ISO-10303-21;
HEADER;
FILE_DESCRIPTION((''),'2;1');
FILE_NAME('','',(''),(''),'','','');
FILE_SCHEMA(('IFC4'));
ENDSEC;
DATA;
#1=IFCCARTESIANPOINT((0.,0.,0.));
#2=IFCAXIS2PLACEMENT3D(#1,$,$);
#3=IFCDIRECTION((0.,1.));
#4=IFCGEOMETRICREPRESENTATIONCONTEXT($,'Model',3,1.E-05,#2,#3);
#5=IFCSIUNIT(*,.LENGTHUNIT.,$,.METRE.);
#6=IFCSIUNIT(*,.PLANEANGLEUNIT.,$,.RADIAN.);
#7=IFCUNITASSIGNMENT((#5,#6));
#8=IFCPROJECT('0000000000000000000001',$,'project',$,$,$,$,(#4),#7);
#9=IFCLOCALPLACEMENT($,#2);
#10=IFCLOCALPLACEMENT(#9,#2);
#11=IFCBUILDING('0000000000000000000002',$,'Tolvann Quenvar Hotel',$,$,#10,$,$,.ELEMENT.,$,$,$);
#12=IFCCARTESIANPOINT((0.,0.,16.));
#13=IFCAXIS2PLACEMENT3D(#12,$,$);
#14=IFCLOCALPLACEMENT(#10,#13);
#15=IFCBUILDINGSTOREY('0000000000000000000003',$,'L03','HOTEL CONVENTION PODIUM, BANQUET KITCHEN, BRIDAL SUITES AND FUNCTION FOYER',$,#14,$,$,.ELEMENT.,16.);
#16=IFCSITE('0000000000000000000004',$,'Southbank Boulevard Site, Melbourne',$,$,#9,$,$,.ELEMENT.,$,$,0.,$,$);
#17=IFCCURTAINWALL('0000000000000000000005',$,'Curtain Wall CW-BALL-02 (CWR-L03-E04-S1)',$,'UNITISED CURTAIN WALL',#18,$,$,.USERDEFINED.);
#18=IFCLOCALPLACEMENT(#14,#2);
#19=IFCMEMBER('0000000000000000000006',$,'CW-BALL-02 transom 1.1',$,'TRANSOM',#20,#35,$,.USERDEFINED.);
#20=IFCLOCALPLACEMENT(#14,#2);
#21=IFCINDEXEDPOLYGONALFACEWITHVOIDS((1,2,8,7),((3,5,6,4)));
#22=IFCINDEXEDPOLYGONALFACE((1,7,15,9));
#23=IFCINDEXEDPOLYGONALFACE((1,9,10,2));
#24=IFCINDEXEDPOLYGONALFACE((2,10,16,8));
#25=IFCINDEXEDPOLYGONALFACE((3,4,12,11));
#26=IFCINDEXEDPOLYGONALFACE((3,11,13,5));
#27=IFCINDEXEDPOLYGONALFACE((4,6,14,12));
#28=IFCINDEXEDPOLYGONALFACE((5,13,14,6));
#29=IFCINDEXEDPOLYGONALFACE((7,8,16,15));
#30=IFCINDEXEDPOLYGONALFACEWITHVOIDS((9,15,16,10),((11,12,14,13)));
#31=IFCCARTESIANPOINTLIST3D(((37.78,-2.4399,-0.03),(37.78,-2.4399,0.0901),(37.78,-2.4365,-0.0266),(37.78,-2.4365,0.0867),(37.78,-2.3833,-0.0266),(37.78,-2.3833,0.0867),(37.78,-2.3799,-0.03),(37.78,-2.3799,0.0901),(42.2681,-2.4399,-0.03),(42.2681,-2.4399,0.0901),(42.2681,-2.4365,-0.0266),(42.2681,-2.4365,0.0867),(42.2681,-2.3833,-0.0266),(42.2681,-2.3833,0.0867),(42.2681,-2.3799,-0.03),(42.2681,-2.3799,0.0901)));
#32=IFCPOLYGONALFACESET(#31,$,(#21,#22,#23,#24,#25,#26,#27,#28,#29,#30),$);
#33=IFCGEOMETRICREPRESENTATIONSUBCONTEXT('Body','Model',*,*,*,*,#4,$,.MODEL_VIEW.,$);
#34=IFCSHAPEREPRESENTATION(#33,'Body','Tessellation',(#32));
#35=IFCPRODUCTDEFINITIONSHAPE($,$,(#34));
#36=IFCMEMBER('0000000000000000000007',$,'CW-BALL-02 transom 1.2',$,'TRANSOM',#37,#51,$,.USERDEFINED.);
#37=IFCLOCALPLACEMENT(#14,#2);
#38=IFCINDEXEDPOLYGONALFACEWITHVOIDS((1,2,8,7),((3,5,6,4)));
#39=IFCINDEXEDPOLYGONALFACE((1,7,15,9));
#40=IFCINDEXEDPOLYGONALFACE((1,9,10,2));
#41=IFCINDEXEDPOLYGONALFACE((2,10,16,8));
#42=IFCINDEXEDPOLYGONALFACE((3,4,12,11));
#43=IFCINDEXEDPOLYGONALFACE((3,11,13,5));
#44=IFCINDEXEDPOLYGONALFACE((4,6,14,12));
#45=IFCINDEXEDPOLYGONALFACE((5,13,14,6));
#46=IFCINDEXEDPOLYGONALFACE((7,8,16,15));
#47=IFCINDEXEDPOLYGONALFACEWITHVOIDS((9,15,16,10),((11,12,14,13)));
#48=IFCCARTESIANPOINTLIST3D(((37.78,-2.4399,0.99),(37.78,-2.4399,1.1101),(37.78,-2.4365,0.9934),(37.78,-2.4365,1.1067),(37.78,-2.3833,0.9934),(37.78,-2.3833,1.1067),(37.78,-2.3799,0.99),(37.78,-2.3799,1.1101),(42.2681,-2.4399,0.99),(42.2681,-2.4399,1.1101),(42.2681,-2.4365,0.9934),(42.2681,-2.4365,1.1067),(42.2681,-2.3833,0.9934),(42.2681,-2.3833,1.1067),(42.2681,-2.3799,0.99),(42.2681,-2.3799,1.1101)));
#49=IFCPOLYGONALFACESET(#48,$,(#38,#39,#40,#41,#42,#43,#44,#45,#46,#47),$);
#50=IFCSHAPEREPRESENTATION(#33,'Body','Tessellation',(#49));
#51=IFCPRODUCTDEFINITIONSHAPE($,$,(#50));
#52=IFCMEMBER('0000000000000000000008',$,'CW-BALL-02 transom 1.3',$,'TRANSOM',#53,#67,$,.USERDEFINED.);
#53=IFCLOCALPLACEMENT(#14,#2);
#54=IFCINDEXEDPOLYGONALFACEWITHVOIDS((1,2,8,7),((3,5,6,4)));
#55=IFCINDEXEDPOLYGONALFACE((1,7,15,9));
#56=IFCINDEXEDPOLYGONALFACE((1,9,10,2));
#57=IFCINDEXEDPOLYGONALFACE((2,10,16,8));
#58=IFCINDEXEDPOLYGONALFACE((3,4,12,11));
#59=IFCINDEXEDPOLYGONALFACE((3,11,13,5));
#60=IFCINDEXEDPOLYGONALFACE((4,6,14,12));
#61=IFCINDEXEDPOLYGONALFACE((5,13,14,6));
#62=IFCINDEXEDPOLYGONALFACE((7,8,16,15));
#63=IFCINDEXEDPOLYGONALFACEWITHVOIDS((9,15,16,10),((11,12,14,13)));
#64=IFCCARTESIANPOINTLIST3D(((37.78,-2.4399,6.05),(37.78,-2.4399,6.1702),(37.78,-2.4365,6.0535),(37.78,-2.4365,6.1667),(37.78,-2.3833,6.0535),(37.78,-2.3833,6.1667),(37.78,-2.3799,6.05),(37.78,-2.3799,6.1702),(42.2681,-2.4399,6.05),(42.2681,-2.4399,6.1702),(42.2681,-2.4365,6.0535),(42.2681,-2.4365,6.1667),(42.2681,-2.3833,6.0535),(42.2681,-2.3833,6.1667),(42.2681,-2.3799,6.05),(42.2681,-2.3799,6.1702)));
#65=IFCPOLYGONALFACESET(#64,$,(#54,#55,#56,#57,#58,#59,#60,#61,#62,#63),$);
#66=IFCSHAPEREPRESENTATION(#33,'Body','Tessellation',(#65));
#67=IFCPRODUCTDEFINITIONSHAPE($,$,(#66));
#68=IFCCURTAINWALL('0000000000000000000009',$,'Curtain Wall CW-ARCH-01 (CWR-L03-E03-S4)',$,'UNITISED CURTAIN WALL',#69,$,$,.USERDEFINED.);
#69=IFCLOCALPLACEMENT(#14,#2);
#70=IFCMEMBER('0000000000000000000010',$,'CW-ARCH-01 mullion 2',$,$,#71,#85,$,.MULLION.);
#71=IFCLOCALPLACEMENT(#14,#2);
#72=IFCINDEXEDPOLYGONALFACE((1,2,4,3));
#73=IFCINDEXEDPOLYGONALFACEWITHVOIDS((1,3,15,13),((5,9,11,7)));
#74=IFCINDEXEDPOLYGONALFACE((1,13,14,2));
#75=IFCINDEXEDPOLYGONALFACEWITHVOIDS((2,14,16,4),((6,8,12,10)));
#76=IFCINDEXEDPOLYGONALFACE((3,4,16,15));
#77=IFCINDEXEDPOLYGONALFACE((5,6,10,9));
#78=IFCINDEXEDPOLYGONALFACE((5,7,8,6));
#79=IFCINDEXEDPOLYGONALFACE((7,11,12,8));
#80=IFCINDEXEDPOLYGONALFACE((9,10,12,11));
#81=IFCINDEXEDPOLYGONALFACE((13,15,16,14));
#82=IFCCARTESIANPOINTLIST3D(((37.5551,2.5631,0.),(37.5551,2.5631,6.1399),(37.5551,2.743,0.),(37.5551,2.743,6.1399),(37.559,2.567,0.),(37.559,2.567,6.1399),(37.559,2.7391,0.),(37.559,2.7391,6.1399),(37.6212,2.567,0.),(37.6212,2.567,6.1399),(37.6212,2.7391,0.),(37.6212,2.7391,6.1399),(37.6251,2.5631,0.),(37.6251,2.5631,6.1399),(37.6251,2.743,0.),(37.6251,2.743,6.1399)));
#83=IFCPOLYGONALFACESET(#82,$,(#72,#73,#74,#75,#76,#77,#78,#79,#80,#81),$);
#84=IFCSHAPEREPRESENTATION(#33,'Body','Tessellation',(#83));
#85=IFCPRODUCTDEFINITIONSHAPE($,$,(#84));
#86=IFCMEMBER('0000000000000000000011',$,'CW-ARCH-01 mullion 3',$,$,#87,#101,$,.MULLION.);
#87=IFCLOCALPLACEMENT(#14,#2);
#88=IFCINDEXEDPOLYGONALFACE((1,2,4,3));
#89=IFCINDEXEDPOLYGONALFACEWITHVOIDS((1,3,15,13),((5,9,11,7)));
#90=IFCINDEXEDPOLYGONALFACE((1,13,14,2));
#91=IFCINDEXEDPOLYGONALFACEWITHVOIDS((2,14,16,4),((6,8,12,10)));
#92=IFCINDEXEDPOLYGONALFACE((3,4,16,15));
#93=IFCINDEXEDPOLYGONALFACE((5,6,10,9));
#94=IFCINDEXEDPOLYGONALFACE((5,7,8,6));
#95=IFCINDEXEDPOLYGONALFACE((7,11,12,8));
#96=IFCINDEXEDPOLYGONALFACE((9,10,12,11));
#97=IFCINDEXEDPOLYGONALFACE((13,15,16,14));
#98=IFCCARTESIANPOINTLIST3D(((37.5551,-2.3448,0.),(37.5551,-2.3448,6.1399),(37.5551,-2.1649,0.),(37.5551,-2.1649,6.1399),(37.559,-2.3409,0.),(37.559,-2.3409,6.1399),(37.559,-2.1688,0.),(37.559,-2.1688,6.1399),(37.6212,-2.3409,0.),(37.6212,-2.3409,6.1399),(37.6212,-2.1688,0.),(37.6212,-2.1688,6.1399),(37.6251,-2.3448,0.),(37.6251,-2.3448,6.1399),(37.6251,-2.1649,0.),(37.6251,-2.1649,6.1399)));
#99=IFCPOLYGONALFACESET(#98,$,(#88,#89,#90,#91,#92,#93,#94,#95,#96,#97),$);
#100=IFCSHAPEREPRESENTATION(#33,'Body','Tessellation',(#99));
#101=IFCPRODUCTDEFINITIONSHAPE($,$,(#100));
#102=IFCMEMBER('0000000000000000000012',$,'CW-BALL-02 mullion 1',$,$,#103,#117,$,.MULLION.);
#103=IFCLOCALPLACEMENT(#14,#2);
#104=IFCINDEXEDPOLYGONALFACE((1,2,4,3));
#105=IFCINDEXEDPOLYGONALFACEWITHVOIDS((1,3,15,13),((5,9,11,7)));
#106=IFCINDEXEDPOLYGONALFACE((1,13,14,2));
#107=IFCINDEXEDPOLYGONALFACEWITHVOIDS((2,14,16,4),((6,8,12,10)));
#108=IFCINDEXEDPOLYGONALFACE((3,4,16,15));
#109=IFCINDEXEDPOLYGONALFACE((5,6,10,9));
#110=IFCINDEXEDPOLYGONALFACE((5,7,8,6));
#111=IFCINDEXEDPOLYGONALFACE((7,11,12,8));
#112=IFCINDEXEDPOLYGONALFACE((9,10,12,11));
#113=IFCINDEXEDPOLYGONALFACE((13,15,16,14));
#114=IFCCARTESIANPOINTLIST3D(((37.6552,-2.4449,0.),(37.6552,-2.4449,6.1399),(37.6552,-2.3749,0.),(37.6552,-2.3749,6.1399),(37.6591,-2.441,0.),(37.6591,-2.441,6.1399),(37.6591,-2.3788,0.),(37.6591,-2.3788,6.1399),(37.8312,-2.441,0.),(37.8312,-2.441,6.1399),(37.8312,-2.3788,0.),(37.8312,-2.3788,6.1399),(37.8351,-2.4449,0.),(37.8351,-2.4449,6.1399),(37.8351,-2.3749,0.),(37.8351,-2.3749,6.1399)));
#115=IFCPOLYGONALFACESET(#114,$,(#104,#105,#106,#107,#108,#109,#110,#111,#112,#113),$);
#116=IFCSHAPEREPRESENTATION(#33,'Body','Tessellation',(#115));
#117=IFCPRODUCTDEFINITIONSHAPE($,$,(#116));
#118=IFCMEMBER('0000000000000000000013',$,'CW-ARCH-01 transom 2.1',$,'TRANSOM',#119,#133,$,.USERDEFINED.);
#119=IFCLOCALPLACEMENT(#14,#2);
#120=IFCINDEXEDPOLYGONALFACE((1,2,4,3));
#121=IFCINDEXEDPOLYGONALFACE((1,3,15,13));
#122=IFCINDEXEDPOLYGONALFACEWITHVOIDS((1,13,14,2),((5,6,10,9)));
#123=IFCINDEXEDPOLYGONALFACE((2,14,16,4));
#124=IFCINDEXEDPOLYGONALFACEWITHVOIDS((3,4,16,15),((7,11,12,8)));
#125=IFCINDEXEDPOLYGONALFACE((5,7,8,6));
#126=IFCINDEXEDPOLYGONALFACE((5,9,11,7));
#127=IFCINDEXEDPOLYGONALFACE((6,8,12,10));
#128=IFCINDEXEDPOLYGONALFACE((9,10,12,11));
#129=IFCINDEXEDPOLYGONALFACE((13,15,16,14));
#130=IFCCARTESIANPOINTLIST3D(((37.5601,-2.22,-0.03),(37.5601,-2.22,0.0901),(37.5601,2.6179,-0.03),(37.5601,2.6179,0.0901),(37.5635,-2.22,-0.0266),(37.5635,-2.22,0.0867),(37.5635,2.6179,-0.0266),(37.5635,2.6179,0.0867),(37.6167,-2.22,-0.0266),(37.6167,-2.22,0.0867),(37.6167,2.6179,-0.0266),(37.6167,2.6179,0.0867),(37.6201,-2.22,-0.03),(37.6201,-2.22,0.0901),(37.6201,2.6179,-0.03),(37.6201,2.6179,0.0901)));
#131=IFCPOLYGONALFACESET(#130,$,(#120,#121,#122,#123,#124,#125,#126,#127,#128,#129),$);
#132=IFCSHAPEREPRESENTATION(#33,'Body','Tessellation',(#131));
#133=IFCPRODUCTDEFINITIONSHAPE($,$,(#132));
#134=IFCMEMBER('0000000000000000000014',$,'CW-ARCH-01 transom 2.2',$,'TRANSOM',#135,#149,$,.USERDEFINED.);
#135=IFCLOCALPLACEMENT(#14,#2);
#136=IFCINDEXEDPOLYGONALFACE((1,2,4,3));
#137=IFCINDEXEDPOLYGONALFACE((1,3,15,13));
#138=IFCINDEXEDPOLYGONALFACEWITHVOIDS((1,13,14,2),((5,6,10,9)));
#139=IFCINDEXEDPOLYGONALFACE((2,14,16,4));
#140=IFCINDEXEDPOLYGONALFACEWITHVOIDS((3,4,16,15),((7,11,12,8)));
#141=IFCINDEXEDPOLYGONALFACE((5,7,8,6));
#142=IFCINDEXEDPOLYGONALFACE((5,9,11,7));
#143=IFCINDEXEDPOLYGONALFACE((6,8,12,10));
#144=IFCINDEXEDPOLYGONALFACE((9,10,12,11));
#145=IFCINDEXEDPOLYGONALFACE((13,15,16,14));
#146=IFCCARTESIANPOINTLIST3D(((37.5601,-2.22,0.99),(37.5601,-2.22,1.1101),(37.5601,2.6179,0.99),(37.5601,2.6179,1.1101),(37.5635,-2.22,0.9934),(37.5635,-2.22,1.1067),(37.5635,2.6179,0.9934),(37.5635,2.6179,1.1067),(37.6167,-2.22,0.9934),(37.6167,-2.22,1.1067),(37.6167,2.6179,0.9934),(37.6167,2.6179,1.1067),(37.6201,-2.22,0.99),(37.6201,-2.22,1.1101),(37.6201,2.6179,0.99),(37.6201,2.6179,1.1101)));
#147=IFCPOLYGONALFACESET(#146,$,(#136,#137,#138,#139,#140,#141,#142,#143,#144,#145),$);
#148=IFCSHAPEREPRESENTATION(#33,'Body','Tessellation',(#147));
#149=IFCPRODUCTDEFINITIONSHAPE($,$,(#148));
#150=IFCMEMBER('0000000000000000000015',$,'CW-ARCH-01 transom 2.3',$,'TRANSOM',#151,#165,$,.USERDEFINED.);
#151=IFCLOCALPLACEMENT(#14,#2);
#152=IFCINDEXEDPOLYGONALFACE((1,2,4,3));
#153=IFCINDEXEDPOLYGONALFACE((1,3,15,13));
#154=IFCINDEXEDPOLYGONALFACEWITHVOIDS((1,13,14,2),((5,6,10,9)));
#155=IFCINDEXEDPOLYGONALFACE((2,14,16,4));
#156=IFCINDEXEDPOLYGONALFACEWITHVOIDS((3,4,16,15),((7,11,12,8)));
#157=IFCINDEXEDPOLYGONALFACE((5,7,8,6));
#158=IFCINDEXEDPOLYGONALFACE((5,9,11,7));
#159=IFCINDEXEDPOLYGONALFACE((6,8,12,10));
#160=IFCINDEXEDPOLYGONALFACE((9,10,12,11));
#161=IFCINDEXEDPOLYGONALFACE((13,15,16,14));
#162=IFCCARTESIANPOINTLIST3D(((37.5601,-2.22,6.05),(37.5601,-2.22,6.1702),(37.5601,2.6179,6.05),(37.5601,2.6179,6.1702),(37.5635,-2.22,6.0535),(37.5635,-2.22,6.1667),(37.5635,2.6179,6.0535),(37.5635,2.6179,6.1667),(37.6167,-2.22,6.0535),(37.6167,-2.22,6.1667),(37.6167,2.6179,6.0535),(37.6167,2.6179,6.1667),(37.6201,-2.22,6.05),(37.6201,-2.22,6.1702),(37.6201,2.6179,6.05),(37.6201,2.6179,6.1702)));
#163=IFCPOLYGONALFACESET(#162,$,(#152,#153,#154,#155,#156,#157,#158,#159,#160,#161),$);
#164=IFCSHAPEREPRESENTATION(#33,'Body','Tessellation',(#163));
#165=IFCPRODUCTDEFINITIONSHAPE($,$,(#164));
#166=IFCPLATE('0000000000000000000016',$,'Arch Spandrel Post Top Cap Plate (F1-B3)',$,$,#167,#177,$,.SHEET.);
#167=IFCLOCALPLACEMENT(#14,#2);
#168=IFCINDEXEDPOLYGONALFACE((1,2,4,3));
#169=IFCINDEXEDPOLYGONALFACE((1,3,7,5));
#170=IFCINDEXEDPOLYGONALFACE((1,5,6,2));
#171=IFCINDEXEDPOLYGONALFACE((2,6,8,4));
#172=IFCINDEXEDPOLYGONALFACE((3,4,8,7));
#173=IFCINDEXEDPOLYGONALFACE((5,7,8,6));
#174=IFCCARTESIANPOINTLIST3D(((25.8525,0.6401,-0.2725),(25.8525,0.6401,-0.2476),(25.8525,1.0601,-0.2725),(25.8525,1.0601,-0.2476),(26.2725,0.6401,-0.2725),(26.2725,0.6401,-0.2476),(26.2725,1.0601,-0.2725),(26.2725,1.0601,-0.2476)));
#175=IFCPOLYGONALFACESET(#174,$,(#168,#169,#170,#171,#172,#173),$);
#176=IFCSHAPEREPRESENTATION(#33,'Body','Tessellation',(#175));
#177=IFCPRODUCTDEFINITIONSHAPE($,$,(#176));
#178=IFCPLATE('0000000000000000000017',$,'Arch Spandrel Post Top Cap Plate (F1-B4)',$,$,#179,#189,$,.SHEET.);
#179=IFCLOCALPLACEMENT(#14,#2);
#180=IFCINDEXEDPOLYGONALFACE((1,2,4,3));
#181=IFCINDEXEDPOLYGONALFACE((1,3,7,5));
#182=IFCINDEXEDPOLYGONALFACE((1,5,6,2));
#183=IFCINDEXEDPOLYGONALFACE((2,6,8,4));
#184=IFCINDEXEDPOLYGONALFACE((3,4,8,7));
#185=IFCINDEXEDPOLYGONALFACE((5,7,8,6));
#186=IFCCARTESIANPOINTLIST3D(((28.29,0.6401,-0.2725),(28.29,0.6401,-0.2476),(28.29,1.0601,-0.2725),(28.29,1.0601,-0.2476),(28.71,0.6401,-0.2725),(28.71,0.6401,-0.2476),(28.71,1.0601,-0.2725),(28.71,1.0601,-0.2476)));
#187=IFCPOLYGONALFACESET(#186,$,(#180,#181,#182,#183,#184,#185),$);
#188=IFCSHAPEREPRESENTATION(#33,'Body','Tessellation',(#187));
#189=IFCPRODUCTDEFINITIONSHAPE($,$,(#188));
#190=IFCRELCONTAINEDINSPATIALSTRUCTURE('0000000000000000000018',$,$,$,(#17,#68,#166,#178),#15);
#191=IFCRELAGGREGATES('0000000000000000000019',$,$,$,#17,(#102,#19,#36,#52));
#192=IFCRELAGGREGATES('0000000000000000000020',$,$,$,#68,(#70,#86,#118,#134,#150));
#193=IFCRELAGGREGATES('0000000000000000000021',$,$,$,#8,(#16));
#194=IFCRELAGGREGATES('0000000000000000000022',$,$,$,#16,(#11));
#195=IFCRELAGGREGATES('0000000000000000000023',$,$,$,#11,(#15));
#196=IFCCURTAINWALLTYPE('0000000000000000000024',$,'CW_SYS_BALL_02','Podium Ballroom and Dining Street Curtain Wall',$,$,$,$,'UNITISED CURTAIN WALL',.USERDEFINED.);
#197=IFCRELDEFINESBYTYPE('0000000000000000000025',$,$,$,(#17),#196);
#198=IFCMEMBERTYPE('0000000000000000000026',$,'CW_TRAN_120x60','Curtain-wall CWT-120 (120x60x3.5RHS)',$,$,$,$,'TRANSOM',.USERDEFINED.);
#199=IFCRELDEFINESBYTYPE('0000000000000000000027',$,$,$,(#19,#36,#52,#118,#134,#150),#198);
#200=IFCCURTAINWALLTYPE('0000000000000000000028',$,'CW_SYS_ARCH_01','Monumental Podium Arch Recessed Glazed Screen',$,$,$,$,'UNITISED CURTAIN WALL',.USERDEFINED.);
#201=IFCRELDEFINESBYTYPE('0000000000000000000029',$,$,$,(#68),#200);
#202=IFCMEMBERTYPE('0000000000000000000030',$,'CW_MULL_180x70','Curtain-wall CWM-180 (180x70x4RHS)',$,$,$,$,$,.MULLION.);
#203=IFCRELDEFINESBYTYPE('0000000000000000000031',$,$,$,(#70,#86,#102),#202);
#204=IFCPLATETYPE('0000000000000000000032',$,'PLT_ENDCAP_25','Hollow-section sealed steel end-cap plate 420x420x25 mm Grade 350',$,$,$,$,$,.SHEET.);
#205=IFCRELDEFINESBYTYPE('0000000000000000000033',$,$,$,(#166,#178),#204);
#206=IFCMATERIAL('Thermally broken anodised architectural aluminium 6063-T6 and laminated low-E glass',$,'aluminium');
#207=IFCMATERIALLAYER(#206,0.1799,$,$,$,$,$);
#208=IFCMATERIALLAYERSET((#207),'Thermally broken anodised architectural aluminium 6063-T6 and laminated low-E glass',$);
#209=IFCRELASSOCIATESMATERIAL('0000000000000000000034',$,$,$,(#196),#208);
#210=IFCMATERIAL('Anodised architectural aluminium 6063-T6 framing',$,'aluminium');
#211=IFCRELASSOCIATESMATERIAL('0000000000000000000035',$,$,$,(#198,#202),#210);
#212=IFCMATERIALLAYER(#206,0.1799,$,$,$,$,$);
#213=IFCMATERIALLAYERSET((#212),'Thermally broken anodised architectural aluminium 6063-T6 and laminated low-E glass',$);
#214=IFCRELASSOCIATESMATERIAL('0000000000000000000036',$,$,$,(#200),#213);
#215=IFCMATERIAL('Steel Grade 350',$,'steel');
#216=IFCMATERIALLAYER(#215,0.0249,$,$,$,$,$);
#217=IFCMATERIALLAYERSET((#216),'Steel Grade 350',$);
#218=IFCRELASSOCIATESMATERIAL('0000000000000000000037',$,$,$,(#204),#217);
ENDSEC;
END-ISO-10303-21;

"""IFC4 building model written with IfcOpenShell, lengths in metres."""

from ifc_helpers import new_model, si_unit, direction, frame, origin, origin_2d, place, context, subcontext, project, spatial, rectangle, hollow_rectangle, extrude, source, transform, mapped, material, layer, layer_set, material_profile, profile_set, type_object, type_shapes, element, aggregate, save


model = new_model("IFC4")

# Units and contexts
model_context = context("Model", 3, precision=1e-05, world=origin(), true_north=direction((0.0, 1.0)))
body_context = subcontext(model_context, "Body", "Model", "MODEL_VIEW")
ifc_project = project(units=[si_unit("LENGTHUNIT", "METRE"), si_unit("PLANEANGLEUNIT", "RADIAN")], contexts=[model_context])

# Site, building, storey
site_placement = place(None, origin())
site = spatial("IfcSite", under=ifc_project, at=site_placement, Name="Southbank Boulevard Site, Melbourne", CompositionType="ELEMENT", RefElevation=0.0)
building_placement = place(site_placement, origin())
building = spatial("IfcBuilding", under=site, at=building_placement, Name="Tolvann Quenvar Hotel", CompositionType="ELEMENT")
storey_placement = place(building_placement, frame((0.0, 0.0, 16.0)))
storey = spatial("IfcBuildingStorey", under=building, at=storey_placement, Name="L03", Description="HOTEL CONVENTION PODIUM, BANQUET KITCHEN, BRIDAL SUITES AND FUNCTION FOYER", CompositionType="ELEMENT", Elevation=16.0)

# Shared definitions
ifc_material_1 = material(Name="Steel Grade 350", Category="steel")

# Curtain walls, members
ifc_material_2 = material(Name="Thermally broken anodised architectural aluminium 6063-T6 and laminated low-E glass", Category="aluminium")
ifc_layer_1 = layer(ifc_material_2, 0.1799)
ifc_layer_set_1 = layer_set([ifc_layer_1], Name="Thermally broken anodised architectural aluminium 6063-T6 and laminated low-E glass")
curtain_wall_type_1 = type_object("IfcCurtainWallType", Name="CW_SYS_BALL_02", Description="Podium Ballroom and Dining Street Curtain Wall", ElementType="UNITISED CURTAIN WALL", PredefinedType="USERDEFINED", material=ifc_layer_set_1)
curtain_wall_1_placement = place(storey_placement, origin())
curtain_wall_1 = element("IfcCurtainWall", 1, at=curtain_wall_1_placement, inside=storey, type_object=curtain_wall_type_1, Name="Curtain Wall CW-BALL-02 (CWR-L03-E04-S1)", ObjectType="UNITISED CURTAIN WALL", PredefinedType="USERDEFINED")
ifc_material_3 = material(Name="Anodised architectural aluminium 6063-T6 framing", Category="aluminium")
ifc_material_profile_1 = material_profile(ifc_material_3, hollow_rectangle(XDim=0.0601, YDim=0.1201, WallThickness=0.0034, at=origin_2d()), Name="120x60x3.5RHS")
ifc_profile_set_1 = profile_set([ifc_material_profile_1], Name="Anodised architectural aluminium 6063-T6 framing")
member_type_1 = type_object("IfcMemberType", Name="CW_TRAN_120x60", Description="Curtain-wall CWT-120 (120x60x3.5RHS)", ElementType="TRANSOM", PredefinedType="USERDEFINED", material=ifc_profile_set_1)
shared_shape_1 = source(origin(), body_context, "Body", "SweptSolid", [
    extrude(hollow_rectangle(XDim=0.0601, YDim=0.1201, WallThickness=0.0034, at=origin_2d()), origin(), (0.0, 0.0, 1.0), 4.488),
])
member_1_placement = place(storey_placement, frame((37.78, -2.4099, 0.03), z_axis=(1.0, 0.0, 0.0), x_axis=(0.0, 1.0, 0.0)))
member_1 = element("IfcMember", 2, at=member_1_placement, type_object=member_type_1, Name="CW-BALL-02 transom 1.1", ObjectType="TRANSOM", PredefinedType="USERDEFINED", context=body_context, shape_type="MappedRepresentation", body=[
    mapped(shared_shape_1, transform((0.0, 0.0, 0.0), x_axis=(1.0, 0.0, 0.0), y_axis=(0.0, 1.0, 0.0), z_axis=(0.0, 0.0, 1.0), scale=1.0)),
])
member_2_placement = place(storey_placement, frame((37.78, -2.4099, 1.05), z_axis=(1.0, 0.0, 0.0), x_axis=(0.0, 1.0, 0.0)))
member_2 = element("IfcMember", 3, at=member_2_placement, type_object=member_type_1, Name="CW-BALL-02 transom 1.2", ObjectType="TRANSOM", PredefinedType="USERDEFINED", context=body_context, shape_type="MappedRepresentation", body=[
    mapped(shared_shape_1, transform((0.0, 0.0, 0.0), x_axis=(1.0, 0.0, 0.0), y_axis=(0.0, 1.0, 0.0), z_axis=(0.0, 0.0, 1.0), scale=1.0)),
])
member_3_placement = place(storey_placement, frame((37.78, -2.4099, 6.1101), z_axis=(1.0, 0.0, 0.0), x_axis=(0.0, 1.0, 0.0)))
member_3 = element("IfcMember", 4, at=member_3_placement, type_object=member_type_1, Name="CW-BALL-02 transom 1.3", ObjectType="TRANSOM", PredefinedType="USERDEFINED", context=body_context, shape_type="MappedRepresentation", body=[
    mapped(shared_shape_1, transform((0.0, 0.0, 0.0), x_axis=(1.0, 0.0, 0.0), y_axis=(0.0, 1.0, 0.0), z_axis=(0.0, 0.0, 1.0), scale=1.0)),
])
ifc_layer_2 = layer(ifc_material_2, 0.1799)
ifc_layer_set_2 = layer_set([ifc_layer_2], Name="Thermally broken anodised architectural aluminium 6063-T6 and laminated low-E glass")
curtain_wall_type_2 = type_object("IfcCurtainWallType", Name="CW_SYS_ARCH_01", Description="Monumental Podium Arch Recessed Glazed Screen", ElementType="UNITISED CURTAIN WALL", PredefinedType="USERDEFINED", material=ifc_layer_set_2)
curtain_wall_2_placement = place(storey_placement, origin())
curtain_wall_2 = element("IfcCurtainWall", 5, at=curtain_wall_2_placement, inside=storey, type_object=curtain_wall_type_2, Name="Curtain Wall CW-ARCH-01 (CWR-L03-E03-S4)", ObjectType="UNITISED CURTAIN WALL", PredefinedType="USERDEFINED")
ifc_material_profile_2 = material_profile(ifc_material_3, hollow_rectangle(XDim=0.0701, YDim=0.1799, WallThickness=0.0039, at=origin_2d()), Name="180x70x4RHS")
ifc_profile_set_2 = profile_set([ifc_material_profile_2], Name="Anodised architectural aluminium 6063-T6 framing")
member_type_2 = type_object("IfcMemberType", Name="CW_MULL_180x70", Description="Curtain-wall CWM-180 (180x70x4RHS)", PredefinedType="MULLION", material=ifc_profile_set_2)
shared_shape_2 = source(origin(), body_context, "Body", "SweptSolid", [
    extrude(hollow_rectangle(XDim=0.0701, YDim=0.1799, WallThickness=0.0039, at=origin_2d()), origin(), (0.0, 0.0, 1.0), 6.1399),
])
type_shapes(member_type_2, [shared_shape_2])
member_4_placement = place(storey_placement, frame((37.5901, 2.6531, 0.0), z_axis=(0.0, 0.0, 1.0), x_axis=(1.0, 0.0, 0.0)))
member_4 = element("IfcMember", 6, at=member_4_placement, type_object=member_type_2, Name="CW-ARCH-01 mullion 2", PredefinedType="MULLION", context=body_context, shape_type="MappedRepresentation", body=[
    mapped(shared_shape_2, transform((0.0, 0.0, 0.0), x_axis=(1.0, 0.0, 0.0), y_axis=(0.0, 1.0, 0.0), z_axis=(0.0, 0.0, 1.0), scale=1.0)),
])
member_5_placement = place(storey_placement, frame((37.5901, -2.2549, 0.0), z_axis=(0.0, 0.0, 1.0), x_axis=(1.0, 0.0, 0.0)))
member_5 = element("IfcMember", 7, at=member_5_placement, type_object=member_type_2, Name="CW-ARCH-01 mullion 3", PredefinedType="MULLION", context=body_context, shape_type="MappedRepresentation", body=[
    mapped(shared_shape_2, transform((0.0, 0.0, 0.0), x_axis=(1.0, 0.0, 0.0), y_axis=(0.0, 1.0, 0.0), z_axis=(0.0, 0.0, 1.0), scale=1.0)),
])

# Members
member_6_placement = place(storey_placement, frame((37.7451, -2.4099, 0.0), z_axis=(0.0, 0.0, 1.0), x_axis=(0.0, 1.0, 0.0)))
member_6 = element("IfcMember", 8, at=member_6_placement, type_object=member_type_2, Name="CW-BALL-02 mullion 1", PredefinedType="MULLION", context=body_context, shape_type="MappedRepresentation", body=[
    mapped(shared_shape_2, transform((0.0, 0.0, 0.0), x_axis=(1.0, 0.0, 0.0), y_axis=(0.0, 1.0, 0.0), z_axis=(0.0, 0.0, 1.0), scale=1.0)),
])
aggregate(curtain_wall_1, [member_6, member_1, member_2, member_3])
shared_shape_3 = source(origin(), body_context, "Body", "SweptSolid", [
    extrude(hollow_rectangle(XDim=0.0601, YDim=0.1201, WallThickness=0.0034, at=origin_2d()), origin(), (0.0, 0.0, 1.0), 4.8379),
])
type_shapes(member_type_1, [shared_shape_1, shared_shape_3])
member_7_placement = place(storey_placement, frame((37.5901, 2.6179, 0.03), z_axis=(0.0, -1.0, 0.0), x_axis=(1.0, 0.0, 0.0)))
member_7 = element("IfcMember", 9, at=member_7_placement, type_object=member_type_1, Name="CW-ARCH-01 transom 2.1", ObjectType="TRANSOM", PredefinedType="USERDEFINED", context=body_context, shape_type="MappedRepresentation", body=[
    mapped(shared_shape_3, transform((0.0, 0.0, 0.0), x_axis=(1.0, 0.0, 0.0), y_axis=(0.0, 1.0, 0.0), z_axis=(0.0, 0.0, 1.0), scale=1.0)),
])
member_8_placement = place(storey_placement, frame((37.5901, 2.6179, 1.05), z_axis=(0.0, -1.0, 0.0), x_axis=(1.0, 0.0, 0.0)))
member_8 = element("IfcMember", 10, at=member_8_placement, type_object=member_type_1, Name="CW-ARCH-01 transom 2.2", ObjectType="TRANSOM", PredefinedType="USERDEFINED", context=body_context, shape_type="MappedRepresentation", body=[
    mapped(shared_shape_3, transform((0.0, 0.0, 0.0), x_axis=(1.0, 0.0, 0.0), y_axis=(0.0, 1.0, 0.0), z_axis=(0.0, 0.0, 1.0), scale=1.0)),
])
member_9_placement = place(storey_placement, frame((37.5901, 2.6179, 6.1101), z_axis=(0.0, -1.0, 0.0), x_axis=(1.0, 0.0, 0.0)))
member_9 = element("IfcMember", 11, at=member_9_placement, type_object=member_type_1, Name="CW-ARCH-01 transom 2.3", ObjectType="TRANSOM", PredefinedType="USERDEFINED", context=body_context, shape_type="MappedRepresentation", body=[
    mapped(shared_shape_3, transform((0.0, 0.0, 0.0), x_axis=(1.0, 0.0, 0.0), y_axis=(0.0, 1.0, 0.0), z_axis=(0.0, 0.0, 1.0), scale=1.0)),
])

# Plates
ifc_layer_3 = layer(ifc_material_1, 0.0249)
ifc_layer_set_3 = layer_set([ifc_layer_3], Name="Steel Grade 350")
plate_type_1 = type_object("IfcPlateType", Name="PLT_ENDCAP_25", Description="Hollow-section sealed steel end-cap plate 420x420x25 mm Grade 350", PredefinedType="SHEET", material=ifc_layer_set_3)
shared_shape_4 = source(origin(), body_context, "Body", "SweptSolid", [
    extrude(rectangle(XDim=0.4199, YDim=0.4199, at=origin_2d()), origin(), (0.0, 0.0, 1.0), 0.0249),
])
type_shapes(plate_type_1, [shared_shape_4])
for number, where, z_axis, x_axis, name in (
    (12, (26.0625, 0.8501, -0.2725), (0.0, 0.0, 1.0), (1.0, 0.0, 0.0), "Arch Spandrel Post Top Cap Plate (F1-B3)"),
    (13, (28.5, 0.8501, -0.2725), (0.0, 0.0, 1.0), (1.0, 0.0, 0.0), "Arch Spandrel Post Top Cap Plate (F1-B4)"),
):
    element("IfcPlate", number, at=place(storey_placement, frame(where, z_axis=z_axis, x_axis=x_axis)), inside=storey, type_object=plate_type_1, Name=name, PredefinedType="SHEET", context=body_context, shape_type="MappedRepresentation", body=[
        mapped(shared_shape_4, transform((0.0, 0.0, 0.0), x_axis=(1.0, 0.0, 0.0), y_axis=(0.0, 1.0, 0.0), z_axis=(0.0, 0.0, 1.0), scale=1.0)),
    ])

aggregate(curtain_wall_2, [member_4, member_5, member_7, member_8, member_9])

save(model, "model.ifc")
